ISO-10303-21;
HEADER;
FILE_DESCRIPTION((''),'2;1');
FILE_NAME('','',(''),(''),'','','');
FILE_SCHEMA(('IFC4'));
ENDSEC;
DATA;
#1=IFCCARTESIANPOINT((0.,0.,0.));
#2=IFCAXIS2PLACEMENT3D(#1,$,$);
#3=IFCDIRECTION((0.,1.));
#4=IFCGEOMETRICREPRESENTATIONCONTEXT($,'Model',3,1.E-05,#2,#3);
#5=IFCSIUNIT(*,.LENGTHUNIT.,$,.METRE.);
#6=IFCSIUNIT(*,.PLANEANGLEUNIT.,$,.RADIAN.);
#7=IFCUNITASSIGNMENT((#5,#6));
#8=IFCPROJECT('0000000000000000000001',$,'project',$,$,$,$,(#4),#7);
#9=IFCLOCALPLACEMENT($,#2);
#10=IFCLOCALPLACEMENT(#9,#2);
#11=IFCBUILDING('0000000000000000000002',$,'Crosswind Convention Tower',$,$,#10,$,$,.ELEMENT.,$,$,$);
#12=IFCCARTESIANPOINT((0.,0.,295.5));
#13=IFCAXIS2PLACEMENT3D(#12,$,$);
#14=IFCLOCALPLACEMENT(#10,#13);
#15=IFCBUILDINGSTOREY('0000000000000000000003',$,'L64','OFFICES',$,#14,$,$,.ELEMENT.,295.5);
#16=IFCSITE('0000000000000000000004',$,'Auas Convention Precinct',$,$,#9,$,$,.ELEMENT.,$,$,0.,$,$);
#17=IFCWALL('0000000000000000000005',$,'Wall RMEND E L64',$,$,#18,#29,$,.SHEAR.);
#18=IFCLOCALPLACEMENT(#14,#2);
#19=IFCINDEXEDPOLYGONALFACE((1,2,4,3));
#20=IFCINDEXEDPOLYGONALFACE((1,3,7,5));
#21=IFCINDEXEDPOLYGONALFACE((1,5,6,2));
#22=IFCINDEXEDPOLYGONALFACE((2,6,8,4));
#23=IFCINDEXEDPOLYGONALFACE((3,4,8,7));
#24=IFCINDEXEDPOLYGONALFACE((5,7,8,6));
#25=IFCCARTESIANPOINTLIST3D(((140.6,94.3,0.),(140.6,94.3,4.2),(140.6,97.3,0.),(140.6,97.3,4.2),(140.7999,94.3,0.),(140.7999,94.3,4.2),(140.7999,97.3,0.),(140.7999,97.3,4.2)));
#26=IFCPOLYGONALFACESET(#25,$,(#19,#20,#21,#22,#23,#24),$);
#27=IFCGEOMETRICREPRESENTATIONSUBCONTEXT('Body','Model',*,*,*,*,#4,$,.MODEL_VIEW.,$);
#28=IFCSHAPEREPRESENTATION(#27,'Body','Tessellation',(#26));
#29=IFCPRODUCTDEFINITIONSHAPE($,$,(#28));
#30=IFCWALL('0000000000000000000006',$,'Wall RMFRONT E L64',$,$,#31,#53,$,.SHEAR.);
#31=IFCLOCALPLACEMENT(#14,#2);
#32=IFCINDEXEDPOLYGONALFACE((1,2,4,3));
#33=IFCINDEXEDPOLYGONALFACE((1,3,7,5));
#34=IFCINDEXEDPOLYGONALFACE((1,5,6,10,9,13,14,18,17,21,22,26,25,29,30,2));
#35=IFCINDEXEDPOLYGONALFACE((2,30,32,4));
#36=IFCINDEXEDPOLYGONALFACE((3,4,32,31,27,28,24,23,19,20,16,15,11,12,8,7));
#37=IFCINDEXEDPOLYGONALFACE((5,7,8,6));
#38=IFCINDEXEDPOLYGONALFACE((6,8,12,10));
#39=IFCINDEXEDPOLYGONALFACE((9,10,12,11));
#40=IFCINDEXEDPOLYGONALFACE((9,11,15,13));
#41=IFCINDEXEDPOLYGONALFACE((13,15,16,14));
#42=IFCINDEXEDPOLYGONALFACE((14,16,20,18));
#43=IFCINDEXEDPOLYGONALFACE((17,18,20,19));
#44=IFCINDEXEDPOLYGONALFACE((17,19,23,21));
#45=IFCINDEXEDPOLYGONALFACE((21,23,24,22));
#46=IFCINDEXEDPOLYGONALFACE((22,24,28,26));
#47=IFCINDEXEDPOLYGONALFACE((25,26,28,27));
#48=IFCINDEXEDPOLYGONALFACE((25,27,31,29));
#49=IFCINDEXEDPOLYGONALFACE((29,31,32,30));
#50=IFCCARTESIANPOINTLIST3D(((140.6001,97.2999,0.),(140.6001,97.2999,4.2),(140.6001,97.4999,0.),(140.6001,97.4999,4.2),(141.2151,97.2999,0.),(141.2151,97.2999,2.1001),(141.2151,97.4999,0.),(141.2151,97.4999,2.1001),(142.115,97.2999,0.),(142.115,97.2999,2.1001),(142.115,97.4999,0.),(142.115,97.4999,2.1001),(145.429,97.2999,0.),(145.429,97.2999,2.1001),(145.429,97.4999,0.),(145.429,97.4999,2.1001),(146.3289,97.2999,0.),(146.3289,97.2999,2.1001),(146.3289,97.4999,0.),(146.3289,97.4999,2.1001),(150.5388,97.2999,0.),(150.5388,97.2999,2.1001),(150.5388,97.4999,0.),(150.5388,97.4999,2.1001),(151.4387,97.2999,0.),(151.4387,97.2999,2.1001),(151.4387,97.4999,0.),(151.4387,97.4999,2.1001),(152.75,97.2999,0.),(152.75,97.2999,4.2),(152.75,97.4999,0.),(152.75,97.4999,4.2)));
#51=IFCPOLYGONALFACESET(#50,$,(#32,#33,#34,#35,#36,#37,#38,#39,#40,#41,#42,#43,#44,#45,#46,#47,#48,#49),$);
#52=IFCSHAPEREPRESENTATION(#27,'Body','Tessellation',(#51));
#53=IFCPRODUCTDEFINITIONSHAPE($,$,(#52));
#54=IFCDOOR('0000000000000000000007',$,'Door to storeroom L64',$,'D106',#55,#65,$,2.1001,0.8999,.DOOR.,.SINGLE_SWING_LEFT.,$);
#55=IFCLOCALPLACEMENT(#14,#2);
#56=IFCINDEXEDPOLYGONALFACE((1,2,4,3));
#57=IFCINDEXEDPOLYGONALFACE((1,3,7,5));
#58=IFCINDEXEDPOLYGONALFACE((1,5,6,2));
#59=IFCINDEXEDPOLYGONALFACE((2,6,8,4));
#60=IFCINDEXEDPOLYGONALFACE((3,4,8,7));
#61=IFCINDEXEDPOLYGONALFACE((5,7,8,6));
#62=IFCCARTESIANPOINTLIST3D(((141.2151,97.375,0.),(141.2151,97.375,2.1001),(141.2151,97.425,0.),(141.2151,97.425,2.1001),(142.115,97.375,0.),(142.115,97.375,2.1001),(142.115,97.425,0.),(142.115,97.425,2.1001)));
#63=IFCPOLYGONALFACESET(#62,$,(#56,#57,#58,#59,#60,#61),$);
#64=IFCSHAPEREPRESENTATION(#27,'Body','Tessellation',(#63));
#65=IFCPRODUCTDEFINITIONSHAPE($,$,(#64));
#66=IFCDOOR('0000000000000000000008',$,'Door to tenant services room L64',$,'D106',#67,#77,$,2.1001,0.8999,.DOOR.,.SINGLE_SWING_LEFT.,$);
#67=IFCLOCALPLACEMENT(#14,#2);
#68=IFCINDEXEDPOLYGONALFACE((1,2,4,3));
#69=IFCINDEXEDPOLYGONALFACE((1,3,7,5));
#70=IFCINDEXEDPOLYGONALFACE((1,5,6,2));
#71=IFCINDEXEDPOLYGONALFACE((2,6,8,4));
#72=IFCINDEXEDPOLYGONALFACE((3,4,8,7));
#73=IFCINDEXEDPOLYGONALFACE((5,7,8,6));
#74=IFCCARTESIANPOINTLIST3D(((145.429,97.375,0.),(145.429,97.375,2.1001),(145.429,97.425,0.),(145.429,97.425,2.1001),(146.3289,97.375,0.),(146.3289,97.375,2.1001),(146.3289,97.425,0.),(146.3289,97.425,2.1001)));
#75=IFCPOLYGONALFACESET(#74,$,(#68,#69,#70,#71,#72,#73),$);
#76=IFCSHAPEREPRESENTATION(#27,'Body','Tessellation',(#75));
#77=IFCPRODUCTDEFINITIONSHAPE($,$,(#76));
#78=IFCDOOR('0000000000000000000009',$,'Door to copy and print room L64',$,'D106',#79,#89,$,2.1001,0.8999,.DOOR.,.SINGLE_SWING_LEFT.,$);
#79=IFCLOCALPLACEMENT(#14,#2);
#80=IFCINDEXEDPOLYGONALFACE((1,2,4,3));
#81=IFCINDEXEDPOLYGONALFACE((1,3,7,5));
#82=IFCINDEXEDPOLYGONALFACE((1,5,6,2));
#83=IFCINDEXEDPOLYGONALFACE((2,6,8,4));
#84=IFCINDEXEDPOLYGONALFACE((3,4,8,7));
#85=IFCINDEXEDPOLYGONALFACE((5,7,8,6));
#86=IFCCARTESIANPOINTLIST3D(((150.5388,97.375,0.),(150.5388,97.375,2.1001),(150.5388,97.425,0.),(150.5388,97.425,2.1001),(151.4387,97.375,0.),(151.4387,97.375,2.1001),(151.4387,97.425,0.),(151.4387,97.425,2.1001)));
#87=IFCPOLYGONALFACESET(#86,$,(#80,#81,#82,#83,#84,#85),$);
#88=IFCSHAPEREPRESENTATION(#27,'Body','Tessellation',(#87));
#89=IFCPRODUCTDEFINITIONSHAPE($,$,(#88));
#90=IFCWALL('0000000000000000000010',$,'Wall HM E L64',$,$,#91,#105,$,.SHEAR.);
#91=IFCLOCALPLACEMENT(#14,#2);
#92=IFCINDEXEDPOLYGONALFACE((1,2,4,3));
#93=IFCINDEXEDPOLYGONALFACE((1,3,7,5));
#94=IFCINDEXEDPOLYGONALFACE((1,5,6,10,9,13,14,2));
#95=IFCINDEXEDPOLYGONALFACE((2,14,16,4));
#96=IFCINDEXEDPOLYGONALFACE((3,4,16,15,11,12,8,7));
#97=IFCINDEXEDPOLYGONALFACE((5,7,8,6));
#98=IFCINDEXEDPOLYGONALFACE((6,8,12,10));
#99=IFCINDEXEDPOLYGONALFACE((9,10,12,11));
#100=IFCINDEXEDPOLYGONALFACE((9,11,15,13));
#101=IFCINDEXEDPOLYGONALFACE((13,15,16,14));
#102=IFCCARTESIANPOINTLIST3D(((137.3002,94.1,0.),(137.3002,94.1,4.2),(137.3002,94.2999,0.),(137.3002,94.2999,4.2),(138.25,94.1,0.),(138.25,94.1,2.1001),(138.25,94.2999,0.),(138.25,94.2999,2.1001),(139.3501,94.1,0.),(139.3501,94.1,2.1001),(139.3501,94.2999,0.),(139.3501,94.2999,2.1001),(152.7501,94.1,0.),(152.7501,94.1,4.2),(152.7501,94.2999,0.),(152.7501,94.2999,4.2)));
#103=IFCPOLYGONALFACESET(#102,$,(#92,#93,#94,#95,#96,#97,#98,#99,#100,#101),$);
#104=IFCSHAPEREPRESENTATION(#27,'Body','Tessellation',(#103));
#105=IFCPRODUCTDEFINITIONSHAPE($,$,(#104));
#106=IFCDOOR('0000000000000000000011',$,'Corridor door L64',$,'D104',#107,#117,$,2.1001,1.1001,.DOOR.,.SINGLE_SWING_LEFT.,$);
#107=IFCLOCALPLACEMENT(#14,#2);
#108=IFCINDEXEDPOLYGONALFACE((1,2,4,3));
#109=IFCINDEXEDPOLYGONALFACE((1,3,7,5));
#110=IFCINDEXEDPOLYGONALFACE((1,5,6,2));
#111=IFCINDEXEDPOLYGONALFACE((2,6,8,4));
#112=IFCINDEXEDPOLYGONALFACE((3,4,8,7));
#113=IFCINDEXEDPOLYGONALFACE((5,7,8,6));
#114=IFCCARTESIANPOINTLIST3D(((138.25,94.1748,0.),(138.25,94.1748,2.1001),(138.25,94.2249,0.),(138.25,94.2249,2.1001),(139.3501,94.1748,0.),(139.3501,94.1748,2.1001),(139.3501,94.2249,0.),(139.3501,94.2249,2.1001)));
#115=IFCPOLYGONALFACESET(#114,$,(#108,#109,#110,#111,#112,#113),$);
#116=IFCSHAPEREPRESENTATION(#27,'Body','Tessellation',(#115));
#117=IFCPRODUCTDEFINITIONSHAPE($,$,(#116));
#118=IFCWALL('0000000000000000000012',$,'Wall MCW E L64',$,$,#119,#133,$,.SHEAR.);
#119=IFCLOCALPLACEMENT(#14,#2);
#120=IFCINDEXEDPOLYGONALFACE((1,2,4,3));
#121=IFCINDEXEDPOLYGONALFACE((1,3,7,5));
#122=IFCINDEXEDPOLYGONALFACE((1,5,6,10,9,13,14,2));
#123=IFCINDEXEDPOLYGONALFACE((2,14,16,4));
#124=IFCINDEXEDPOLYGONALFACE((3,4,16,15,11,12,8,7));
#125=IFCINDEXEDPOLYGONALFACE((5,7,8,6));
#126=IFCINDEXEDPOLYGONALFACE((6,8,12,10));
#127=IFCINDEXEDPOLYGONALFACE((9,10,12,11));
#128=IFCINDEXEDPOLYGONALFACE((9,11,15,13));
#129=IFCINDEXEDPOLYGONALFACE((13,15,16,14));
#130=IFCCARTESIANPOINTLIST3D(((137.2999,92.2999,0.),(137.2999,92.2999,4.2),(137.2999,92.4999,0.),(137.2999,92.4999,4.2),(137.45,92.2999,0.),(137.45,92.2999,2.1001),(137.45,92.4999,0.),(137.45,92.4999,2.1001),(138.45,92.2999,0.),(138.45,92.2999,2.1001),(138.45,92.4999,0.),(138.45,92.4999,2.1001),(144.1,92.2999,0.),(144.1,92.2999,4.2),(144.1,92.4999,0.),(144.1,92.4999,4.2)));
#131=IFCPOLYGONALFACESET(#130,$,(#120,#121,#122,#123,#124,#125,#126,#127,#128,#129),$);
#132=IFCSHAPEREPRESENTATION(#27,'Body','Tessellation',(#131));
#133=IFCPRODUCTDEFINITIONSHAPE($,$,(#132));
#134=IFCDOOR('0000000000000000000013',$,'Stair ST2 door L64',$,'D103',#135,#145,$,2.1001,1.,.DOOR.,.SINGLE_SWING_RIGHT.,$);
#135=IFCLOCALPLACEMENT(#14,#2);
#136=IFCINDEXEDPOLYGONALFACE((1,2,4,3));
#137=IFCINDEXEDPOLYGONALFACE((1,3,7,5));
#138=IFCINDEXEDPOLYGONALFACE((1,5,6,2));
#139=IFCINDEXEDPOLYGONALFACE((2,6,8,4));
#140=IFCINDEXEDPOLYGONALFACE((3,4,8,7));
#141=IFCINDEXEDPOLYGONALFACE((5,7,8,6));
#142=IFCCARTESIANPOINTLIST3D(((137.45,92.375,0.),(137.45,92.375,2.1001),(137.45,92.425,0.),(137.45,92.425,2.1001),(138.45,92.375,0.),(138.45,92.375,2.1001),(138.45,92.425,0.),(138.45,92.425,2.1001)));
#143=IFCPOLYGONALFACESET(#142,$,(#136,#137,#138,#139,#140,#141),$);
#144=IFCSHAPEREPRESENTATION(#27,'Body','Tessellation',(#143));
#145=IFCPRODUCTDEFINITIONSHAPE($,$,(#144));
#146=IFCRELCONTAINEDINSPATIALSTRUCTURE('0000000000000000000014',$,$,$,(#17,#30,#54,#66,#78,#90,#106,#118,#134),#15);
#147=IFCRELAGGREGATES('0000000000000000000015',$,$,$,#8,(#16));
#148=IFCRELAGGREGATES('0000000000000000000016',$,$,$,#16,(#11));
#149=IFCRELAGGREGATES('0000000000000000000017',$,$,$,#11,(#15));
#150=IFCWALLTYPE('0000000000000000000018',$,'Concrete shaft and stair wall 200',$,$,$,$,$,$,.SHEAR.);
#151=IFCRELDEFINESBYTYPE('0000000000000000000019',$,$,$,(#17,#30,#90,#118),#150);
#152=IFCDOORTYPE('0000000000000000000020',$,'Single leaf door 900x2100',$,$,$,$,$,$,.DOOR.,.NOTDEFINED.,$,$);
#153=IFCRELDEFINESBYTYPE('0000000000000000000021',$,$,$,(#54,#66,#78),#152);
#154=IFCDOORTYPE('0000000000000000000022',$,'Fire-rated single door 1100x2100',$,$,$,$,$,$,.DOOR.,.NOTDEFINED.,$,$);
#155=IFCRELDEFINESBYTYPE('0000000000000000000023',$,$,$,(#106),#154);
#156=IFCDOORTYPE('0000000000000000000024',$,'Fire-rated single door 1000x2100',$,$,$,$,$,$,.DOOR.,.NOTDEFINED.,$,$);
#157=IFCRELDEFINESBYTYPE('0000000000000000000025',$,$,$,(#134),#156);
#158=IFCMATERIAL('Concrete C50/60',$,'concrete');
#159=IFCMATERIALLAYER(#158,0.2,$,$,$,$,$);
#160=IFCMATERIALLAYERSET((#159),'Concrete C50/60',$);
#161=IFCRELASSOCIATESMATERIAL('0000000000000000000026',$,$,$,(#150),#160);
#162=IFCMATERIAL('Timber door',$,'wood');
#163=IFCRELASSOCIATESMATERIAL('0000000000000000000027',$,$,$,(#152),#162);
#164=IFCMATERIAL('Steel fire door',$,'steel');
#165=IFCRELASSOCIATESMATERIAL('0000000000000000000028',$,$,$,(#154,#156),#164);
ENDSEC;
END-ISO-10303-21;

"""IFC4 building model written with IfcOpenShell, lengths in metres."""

from ifc_helpers import new_model, si_unit, direction, frame, frame_2d, origin, place, context, subcontext, project, spatial, rectangle, extrude, material, layer, layer_set, type_object, element, fill, save


model = new_model("IFC4")

# Units and contexts
model_context = context("Model", 3, precision=1e-05, world=origin(), true_north=direction((0.0, 1.0)))
body_context = subcontext(model_context, "Body", "Model", "MODEL_VIEW")
ifc_project = project(units=[si_unit("LENGTHUNIT", "METRE"), si_unit("PLANEANGLEUNIT", "RADIAN")], contexts=[model_context])

# Site, building, storey
site_placement = place(None, origin())
site = spatial("IfcSite", under=ifc_project, at=site_placement, Name="Auas Convention Precinct", CompositionType="ELEMENT", RefElevation=0.0)
building_placement = place(site_placement, origin())
building = spatial("IfcBuilding", under=site, at=building_placement, Name="Crosswind Convention Tower", CompositionType="ELEMENT")
storey_placement = place(building_placement, frame((0.0, 0.0, 295.5)))
storey = spatial("IfcBuildingStorey", under=building, at=storey_placement, Name="L64", Description="OFFICES", CompositionType="ELEMENT", Elevation=295.5)

# Shared definitions
ifc_material_1 = material(Name="Concrete C50/60", Category="concrete")

# Wall
ifc_layer_1 = layer(ifc_material_1, 0.2)
ifc_layer_set_1 = layer_set([ifc_layer_1], Name="Concrete C50/60")
wall_type_1 = type_object("IfcWallType", Name="Concrete shaft and stair wall 200", PredefinedType="SHEAR", material=ifc_layer_set_1)
wall_1_placement = place(storey_placement, frame((140.7, 94.3, 0.0), z_axis=(0.0, 0.0, 1.0), x_axis=(0.0, 1.0, 0.0)))
element("IfcWall", 1, at=wall_1_placement, inside=storey, type_object=wall_type_1, Name="Wall RMEND E L64", PredefinedType="SHEAR", context=body_context, shape_type="SweptSolid", body=[
    extrude(rectangle(XDim=3.0, YDim=0.2, at=frame_2d((1.5, 0.0))), origin(), (0.0, 0.0, 1.0), 4.2),
])

# Wall, openings, doors
wall_2_placement = place(storey_placement, frame((140.6001, 97.3999, 0.0), z_axis=(0.0, 0.0, 1.0), x_axis=(1.0, 0.0, 0.0)))
wall_2 = element("IfcWall", 2, at=wall_2_placement, inside=storey, type_object=wall_type_1, Name="Wall RMFRONT E L64", PredefinedType="SHEAR", context=body_context, shape_type="SweptSolid", body=[
    extrude(rectangle(XDim=12.1499, YDim=0.2, at=frame_2d((6.075, 0.0))), origin(), (0.0, 0.0, 1.0), 4.2),
])
opening_1_placement = place(wall_2_placement, frame((0.615, 0.0, 0.0)))
opening_1 = element("IfcOpeningElement", 3, at=opening_1_placement, cuts=wall_2, PredefinedType="OPENING", context=body_context, shape_type="SweptSolid", body=[
    extrude(rectangle(XDim=0.8999, YDim=2.1001, at=frame_2d((0.45, 1.05))), frame((0.0, 0.1099, 0.0), z_axis=(0.0, -1.0, 0.0), x_axis=(1.0, 0.0, 0.0)), (0.0, 0.0, 1.0), 0.22),
])
opening_2_placement = place(wall_2_placement, frame((4.8289, 0.0, 0.0)))
opening_2 = element("IfcOpeningElement", 4, at=opening_2_placement, cuts=wall_2, PredefinedType="OPENING", context=body_context, shape_type="SweptSolid", body=[
    extrude(rectangle(XDim=0.8999, YDim=2.1001, at=frame_2d((0.45, 1.05))), frame((0.0, 0.1099, 0.0), z_axis=(0.0, -1.0, 0.0), x_axis=(1.0, 0.0, 0.0)), (0.0, 0.0, 1.0), 0.22),
])
opening_3_placement = place(wall_2_placement, frame((9.9387, 0.0, 0.0)))
opening_3 = element("IfcOpeningElement", 5, at=opening_3_placement, cuts=wall_2, PredefinedType="OPENING", context=body_context, shape_type="SweptSolid", body=[
    extrude(rectangle(XDim=0.8999, YDim=2.1001, at=frame_2d((0.45, 1.05))), frame((0.0, 0.1099, 0.0), z_axis=(0.0, -1.0, 0.0), x_axis=(1.0, 0.0, 0.0)), (0.0, 0.0, 1.0), 0.22),
])
ifc_material_2 = material(Name="Timber door", Category="wood")
door_type_1 = type_object("IfcDoorType", Name="Single leaf door 900x2100", OperationType="NOTDEFINED", PredefinedType="DOOR", material=ifc_material_2)
door_1_placement = place(opening_1_placement, frame((0.8999, 0.0, 0.0), z_axis=(0.0, 0.0, 1.0), x_axis=(-1.0, 0.0, 0.0)))
door_1 = element("IfcDoor", 6, at=door_1_placement, inside=storey, type_object=door_type_1, Name="Door to storeroom L64", ObjectType="D106", OperationType="SINGLE_SWING_LEFT", OverallHeight=2.1001, OverallWidth=0.8999, PredefinedType="DOOR", context=body_context, shape_type="SweptSolid", body=[
    extrude(rectangle(XDim=0.8999, YDim=2.1001, at=frame_2d((0.45, 1.05))), frame((0.0, 0.0249, 0.0), z_axis=(0.0, -1.0, 0.0), x_axis=(1.0, 0.0, 0.0)), (0.0, 0.0, 1.0), 0.05),
])
fill(opening_1, door_1)
door_2_placement = place(opening_2_placement, frame((0.8999, 0.0, 0.0), z_axis=(0.0, 0.0, 1.0), x_axis=(-1.0, 0.0, 0.0)))
door_2 = element("IfcDoor", 7, at=door_2_placement, inside=storey, type_object=door_type_1, Name="Door to tenant services room L64", ObjectType="D106", OperationType="SINGLE_SWING_LEFT", OverallHeight=2.1001, OverallWidth=0.8999, PredefinedType="DOOR", context=body_context, shape_type="SweptSolid", body=[
    extrude(rectangle(XDim=0.8999, YDim=2.1001, at=frame_2d((0.45, 1.05))), frame((0.0, 0.0249, 0.0), z_axis=(0.0, -1.0, 0.0), x_axis=(1.0, 0.0, 0.0)), (0.0, 0.0, 1.0), 0.05),
])
fill(opening_2, door_2)
door_3_placement = place(opening_3_placement, frame((0.8999, 0.0, 0.0), z_axis=(0.0, 0.0, 1.0), x_axis=(-1.0, 0.0, 0.0)))
door_3 = element("IfcDoor", 8, at=door_3_placement, inside=storey, type_object=door_type_1, Name="Door to copy and print room L64", ObjectType="D106", OperationType="SINGLE_SWING_LEFT", OverallHeight=2.1001, OverallWidth=0.8999, PredefinedType="DOOR", context=body_context, shape_type="SweptSolid", body=[
    extrude(rectangle(XDim=0.8999, YDim=2.1001, at=frame_2d((0.45, 1.05))), frame((0.0, 0.0249, 0.0), z_axis=(0.0, -1.0, 0.0), x_axis=(1.0, 0.0, 0.0)), (0.0, 0.0, 1.0), 0.05),
])
fill(opening_3, door_3)

# Walls, openings, doors
wall_3_placement = place(storey_placement, frame((137.3, 94.2, 0.0), z_axis=(0.0, 0.0, 1.0), x_axis=(1.0, 0.0, 0.0)))
wall_3 = element("IfcWall", 9, at=wall_3_placement, inside=storey, type_object=wall_type_1, Name="Wall HM E L64", PredefinedType="SHEAR", context=body_context, shape_type="SweptSolid", body=[
    extrude(rectangle(XDim=15.45, YDim=0.2, at=frame_2d((7.7251, 0.0))), origin(), (0.0, 0.0, 1.0), 4.2),
])
opening_4_placement = place(wall_3_placement, frame((0.95, 0.0, 0.0)))
opening_4 = element("IfcOpeningElement", 10, at=opening_4_placement, cuts=wall_3, PredefinedType="OPENING", context=body_context, shape_type="SweptSolid", body=[
    extrude(rectangle(XDim=1.1001, YDim=2.1001, at=frame_2d((0.55, 1.05))), frame((0.0, 0.1099, 0.0), z_axis=(0.0, -1.0, 0.0), x_axis=(1.0, 0.0, 0.0)), (0.0, 0.0, 1.0), 0.22),
])
ifc_material_3 = material(Name="Steel fire door", Category="steel")
door_type_2 = type_object("IfcDoorType", Name="Fire-rated single door 1100x2100", OperationType="NOTDEFINED", PredefinedType="DOOR", material=ifc_material_3)
door_4_placement = place(opening_4_placement, origin())
door_4 = element("IfcDoor", 11, at=door_4_placement, inside=storey, type_object=door_type_2, Name="Corridor door L64", ObjectType="D104", OperationType="SINGLE_SWING_LEFT", OverallHeight=2.1001, OverallWidth=1.1001, PredefinedType="DOOR", context=body_context, shape_type="SweptSolid", body=[
    extrude(rectangle(XDim=1.1001, YDim=2.1001, at=frame_2d((0.55, 1.05))), frame((0.0, 0.0249, 0.0), z_axis=(0.0, -1.0, 0.0), x_axis=(1.0, 0.0, 0.0)), (0.0, 0.0, 1.0), 0.05),
])
fill(opening_4, door_4)
wall_4_placement = place(storey_placement, frame((137.3, 92.3999, 0.0), z_axis=(0.0, 0.0, 1.0), x_axis=(1.0, 0.0, 0.0)))
wall_4 = element("IfcWall", 12, at=wall_4_placement, inside=storey, type_object=wall_type_1, Name="Wall MCW E L64", PredefinedType="SHEAR", context=body_context, shape_type="SweptSolid", body=[
    extrude(rectangle(XDim=6.8, YDim=0.2, at=frame_2d((3.3999, 0.0))), origin(), (0.0, 0.0, 1.0), 4.2),
])
opening_5_placement = place(wall_4_placement, frame((0.1499, 0.0, 0.0)))
opening_5 = element("IfcOpeningElement", 13, at=opening_5_placement, cuts=wall_4, PredefinedType="OPENING", context=body_context, shape_type="SweptSolid", body=[
    extrude(rectangle(XDim=1.0, YDim=2.1001, at=frame_2d((0.5, 1.05))), frame((0.0, 0.1099, 0.0), z_axis=(0.0, -1.0, 0.0), x_axis=(1.0, 0.0, 0.0)), (0.0, 0.0, 1.0), 0.22),
])
door_type_3 = type_object("IfcDoorType", Name="Fire-rated single door 1000x2100", OperationType="NOTDEFINED", PredefinedType="DOOR", material=ifc_material_3)
door_5_placement = place(opening_5_placement, frame((1.0, 0.0, 0.0), z_axis=(0.0, 0.0, 1.0), x_axis=(-1.0, 0.0, 0.0)))
door_5 = element("IfcDoor", 14, at=door_5_placement, inside=storey, type_object=door_type_3, Name="Stair ST2 door L64", ObjectType="D103", OperationType="SINGLE_SWING_RIGHT", OverallHeight=2.1001, OverallWidth=1.0, PredefinedType="DOOR", context=body_context, shape_type="SweptSolid", body=[
    extrude(rectangle(XDim=1.0, YDim=2.1001, at=frame_2d((0.5, 1.05))), frame((0.0, 0.0249, 0.0), z_axis=(0.0, -1.0, 0.0), x_axis=(1.0, 0.0, 0.0)), (0.0, 0.0, 1.0), 0.05),
])
fill(opening_5, door_5)

save(model, "model.ifc")
